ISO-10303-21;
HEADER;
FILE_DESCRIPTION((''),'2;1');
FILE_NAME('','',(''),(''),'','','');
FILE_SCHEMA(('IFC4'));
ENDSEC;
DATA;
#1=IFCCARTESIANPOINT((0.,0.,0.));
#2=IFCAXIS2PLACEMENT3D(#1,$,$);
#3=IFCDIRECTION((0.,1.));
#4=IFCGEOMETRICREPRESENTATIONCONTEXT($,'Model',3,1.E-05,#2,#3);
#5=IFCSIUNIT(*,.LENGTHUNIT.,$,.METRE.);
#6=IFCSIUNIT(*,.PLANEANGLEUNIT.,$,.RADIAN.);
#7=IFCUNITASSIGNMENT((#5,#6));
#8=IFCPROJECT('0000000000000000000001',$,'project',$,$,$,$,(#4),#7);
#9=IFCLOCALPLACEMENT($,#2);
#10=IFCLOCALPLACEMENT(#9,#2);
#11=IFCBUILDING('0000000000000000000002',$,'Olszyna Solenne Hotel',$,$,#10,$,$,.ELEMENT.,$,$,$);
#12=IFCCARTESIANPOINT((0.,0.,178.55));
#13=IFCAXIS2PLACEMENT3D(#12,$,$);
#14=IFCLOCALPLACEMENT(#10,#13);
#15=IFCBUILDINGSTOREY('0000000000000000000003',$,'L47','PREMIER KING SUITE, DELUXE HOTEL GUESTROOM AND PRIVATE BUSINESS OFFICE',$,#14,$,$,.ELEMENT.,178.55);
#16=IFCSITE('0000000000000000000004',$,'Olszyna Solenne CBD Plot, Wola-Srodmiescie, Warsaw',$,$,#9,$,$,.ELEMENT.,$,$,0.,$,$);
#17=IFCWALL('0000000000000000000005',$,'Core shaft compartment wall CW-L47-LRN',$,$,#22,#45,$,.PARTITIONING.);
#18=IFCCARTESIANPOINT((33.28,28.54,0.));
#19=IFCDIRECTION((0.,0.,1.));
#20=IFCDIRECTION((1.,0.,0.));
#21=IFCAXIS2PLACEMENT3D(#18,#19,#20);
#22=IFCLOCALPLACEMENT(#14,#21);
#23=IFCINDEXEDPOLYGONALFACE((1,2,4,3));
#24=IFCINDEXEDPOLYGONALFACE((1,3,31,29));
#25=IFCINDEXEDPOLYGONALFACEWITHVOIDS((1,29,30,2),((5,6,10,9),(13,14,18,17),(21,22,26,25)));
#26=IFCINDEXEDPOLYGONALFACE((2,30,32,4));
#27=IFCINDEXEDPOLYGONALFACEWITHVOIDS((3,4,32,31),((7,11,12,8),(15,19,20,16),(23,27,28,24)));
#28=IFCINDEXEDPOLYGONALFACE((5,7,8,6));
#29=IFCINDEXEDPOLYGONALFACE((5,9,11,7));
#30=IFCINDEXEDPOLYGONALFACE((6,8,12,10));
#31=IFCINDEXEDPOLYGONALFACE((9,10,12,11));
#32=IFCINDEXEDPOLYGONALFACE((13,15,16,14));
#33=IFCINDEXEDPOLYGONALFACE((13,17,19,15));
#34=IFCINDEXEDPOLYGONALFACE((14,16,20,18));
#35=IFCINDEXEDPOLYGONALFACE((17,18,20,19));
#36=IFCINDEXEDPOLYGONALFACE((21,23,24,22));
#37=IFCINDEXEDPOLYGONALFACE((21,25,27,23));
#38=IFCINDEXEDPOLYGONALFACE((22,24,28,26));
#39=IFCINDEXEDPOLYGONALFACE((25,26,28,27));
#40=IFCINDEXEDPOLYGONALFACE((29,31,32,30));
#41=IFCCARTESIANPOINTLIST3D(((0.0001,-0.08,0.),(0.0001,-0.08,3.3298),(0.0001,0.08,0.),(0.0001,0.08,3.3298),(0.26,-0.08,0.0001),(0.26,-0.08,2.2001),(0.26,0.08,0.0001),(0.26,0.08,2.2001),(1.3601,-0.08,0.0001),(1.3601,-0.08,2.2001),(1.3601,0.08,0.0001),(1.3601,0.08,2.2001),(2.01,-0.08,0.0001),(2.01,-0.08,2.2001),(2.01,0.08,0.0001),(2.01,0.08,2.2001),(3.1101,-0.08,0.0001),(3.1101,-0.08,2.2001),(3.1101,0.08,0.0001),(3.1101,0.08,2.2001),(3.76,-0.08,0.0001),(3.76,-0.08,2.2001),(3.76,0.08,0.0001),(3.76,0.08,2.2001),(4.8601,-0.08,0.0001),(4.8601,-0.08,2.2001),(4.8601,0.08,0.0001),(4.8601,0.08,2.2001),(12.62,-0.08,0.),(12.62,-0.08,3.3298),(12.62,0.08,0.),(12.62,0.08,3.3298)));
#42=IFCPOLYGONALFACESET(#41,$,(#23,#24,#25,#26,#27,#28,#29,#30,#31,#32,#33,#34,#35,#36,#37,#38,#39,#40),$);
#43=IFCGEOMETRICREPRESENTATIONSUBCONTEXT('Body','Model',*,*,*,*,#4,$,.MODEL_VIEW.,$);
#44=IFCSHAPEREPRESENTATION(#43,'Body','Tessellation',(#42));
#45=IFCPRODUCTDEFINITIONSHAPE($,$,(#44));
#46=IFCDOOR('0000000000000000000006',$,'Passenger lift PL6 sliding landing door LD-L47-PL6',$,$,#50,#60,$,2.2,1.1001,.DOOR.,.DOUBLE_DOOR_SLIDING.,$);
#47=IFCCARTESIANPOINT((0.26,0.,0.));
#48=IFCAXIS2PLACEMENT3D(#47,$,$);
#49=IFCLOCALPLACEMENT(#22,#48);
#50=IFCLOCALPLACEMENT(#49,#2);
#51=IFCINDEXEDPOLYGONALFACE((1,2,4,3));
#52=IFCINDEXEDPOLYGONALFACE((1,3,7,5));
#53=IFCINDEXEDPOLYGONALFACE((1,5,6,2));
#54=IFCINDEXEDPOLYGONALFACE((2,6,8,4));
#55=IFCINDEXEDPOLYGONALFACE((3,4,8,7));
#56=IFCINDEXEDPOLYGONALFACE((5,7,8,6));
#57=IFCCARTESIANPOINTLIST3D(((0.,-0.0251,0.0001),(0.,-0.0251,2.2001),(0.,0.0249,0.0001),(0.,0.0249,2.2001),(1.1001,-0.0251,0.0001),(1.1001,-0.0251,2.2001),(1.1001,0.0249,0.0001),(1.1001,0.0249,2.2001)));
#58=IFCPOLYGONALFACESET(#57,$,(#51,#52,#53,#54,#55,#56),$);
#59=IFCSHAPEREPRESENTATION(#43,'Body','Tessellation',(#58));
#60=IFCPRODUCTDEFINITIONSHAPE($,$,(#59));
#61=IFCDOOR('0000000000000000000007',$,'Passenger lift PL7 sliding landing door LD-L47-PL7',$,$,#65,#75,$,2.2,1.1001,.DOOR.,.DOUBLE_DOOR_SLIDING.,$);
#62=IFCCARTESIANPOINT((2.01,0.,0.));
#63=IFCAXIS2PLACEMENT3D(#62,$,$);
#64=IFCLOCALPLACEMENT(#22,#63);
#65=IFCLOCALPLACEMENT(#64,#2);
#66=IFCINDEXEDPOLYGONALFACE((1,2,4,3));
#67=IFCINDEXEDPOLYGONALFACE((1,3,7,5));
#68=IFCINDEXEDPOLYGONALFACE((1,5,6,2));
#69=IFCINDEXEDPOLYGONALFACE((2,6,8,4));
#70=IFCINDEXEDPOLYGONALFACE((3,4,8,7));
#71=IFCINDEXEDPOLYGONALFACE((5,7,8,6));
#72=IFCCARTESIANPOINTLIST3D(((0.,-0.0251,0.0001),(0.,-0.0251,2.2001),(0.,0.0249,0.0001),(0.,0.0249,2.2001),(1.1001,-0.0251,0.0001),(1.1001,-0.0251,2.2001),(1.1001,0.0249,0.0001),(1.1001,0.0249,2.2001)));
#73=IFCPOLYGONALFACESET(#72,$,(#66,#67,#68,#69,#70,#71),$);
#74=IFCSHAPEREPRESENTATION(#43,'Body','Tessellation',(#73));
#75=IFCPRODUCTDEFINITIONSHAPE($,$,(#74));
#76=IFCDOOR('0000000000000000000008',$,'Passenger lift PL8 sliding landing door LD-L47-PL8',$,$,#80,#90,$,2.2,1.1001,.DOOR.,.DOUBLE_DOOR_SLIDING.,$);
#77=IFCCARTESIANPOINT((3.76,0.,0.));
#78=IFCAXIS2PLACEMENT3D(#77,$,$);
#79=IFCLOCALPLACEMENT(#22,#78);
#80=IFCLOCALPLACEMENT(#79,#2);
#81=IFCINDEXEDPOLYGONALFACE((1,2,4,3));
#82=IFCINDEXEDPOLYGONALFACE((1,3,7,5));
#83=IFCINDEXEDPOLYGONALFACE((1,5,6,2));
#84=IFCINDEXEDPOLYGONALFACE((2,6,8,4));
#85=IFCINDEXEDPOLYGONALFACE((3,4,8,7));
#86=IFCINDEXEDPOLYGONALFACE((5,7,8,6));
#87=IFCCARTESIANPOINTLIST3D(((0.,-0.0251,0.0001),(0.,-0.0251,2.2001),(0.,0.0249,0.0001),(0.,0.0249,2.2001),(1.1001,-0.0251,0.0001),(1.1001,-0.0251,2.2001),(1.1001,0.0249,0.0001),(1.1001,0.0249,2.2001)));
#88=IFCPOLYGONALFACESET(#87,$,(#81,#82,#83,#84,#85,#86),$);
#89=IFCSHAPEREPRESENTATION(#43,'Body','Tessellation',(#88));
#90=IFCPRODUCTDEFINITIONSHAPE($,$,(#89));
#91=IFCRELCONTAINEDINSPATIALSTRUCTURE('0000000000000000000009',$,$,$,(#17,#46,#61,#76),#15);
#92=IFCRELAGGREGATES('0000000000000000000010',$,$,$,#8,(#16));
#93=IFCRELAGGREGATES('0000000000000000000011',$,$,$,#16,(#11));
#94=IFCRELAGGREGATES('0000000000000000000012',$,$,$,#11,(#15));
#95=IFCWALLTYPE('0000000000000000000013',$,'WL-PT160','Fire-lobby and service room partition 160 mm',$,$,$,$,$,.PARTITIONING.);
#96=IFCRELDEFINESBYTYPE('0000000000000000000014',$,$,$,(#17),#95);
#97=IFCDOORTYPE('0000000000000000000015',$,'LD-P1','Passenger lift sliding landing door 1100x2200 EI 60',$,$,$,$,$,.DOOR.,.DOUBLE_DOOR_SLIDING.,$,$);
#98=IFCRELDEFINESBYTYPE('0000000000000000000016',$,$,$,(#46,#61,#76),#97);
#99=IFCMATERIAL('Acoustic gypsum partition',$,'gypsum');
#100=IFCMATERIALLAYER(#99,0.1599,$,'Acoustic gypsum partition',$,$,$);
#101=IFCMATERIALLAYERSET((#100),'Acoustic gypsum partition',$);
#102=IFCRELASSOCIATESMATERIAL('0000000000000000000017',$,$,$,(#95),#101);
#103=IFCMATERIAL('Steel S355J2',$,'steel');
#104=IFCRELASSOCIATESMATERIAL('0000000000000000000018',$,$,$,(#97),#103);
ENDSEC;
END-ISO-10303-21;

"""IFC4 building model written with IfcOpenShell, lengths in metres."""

from ifc_helpers import new_model, si_unit, direction, frame, frame_2d, origin, place, context, subcontext, project, spatial, rectangle, extrude, source, transform, mapped, material, layer, layer_set, type_object, type_shapes, element, fill, save


model = new_model("IFC4")

# Units and contexts
model_context = context("Model", 3, precision=1e-05, world=origin(), true_north=direction((0.0, 1.0)))
body_context = subcontext(model_context, "Body", "Model", "MODEL_VIEW")
ifc_project = project(units=[si_unit("LENGTHUNIT", "METRE"), si_unit("PLANEANGLEUNIT", "RADIAN")], contexts=[model_context])

# Site, building, storey
site_placement = place(None, origin())
site = spatial("IfcSite", under=ifc_project, at=site_placement, Name="Olszyna Solenne CBD Plot, Wola-Srodmiescie, Warsaw", CompositionType="ELEMENT", RefElevation=0.0)
building_placement = place(site_placement, origin())
building = spatial("IfcBuilding", under=site, at=building_placement, Name="Olszyna Solenne Hotel", CompositionType="ELEMENT")
storey_placement = place(building_placement, frame((0.0, 0.0, 178.55)))
storey = spatial("IfcBuildingStorey", under=building, at=storey_placement, Name="L47", Description="PREMIER KING SUITE, DELUXE HOTEL GUESTROOM AND PRIVATE BUSINESS OFFICE", CompositionType="ELEMENT", Elevation=178.55)

# Shared definitions
ifc_material_1 = material(Name="Steel S355J2", Category="steel")

# Shared definitions
ifc_material_2 = material(Name="Acoustic gypsum partition", Category="gypsum")
ifc_layer_1 = layer(ifc_material_2, 0.1599, Name="Acoustic gypsum partition")
ifc_layer_set_1 = layer_set([ifc_layer_1], Name="Acoustic gypsum partition")
wall_type_1 = type_object("IfcWallType", Name="WL-PT160", Description="Fire-lobby and service room partition 160 mm", PredefinedType="PARTITIONING", material=ifc_layer_set_1)

# Wall, openings, doors
door_type_1 = type_object("IfcDoorType", Name="LD-P1", Description="Passenger lift sliding landing door 1100x2200 EI 60", OperationType="DOUBLE_DOOR_SLIDING", PredefinedType="DOOR", material=ifc_material_1)
shared_shape_1 = source(origin(), body_context, "Body", "SweptSolid", [
    extrude(rectangle(XDim=1.1001, YDim=2.2, at=frame_2d((0.55, 1.1001))), frame((0.0, 0.0249, 0.0), z_axis=(0.0, -1.0, 0.0), x_axis=(1.0, 0.0, 0.0)), (0.0, 0.0, 1.0), 0.05),
])
type_shapes(door_type_1, [shared_shape_1])
wall_1_placement = place(storey_placement, frame((33.28, 28.54, 0.0), z_axis=(0.0, 0.0, 1.0), x_axis=(1.0, 0.0, 0.0)))
wall_1 = element("IfcWall", 1, at=wall_1_placement, inside=storey, type_object=wall_type_1, Name="Core shaft compartment wall CW-L47-LRN", PredefinedType="PARTITIONING", context=body_context, shape_type="SweptSolid", body=[
    extrude(rectangle(XDim=12.6199, YDim=0.1599, at=frame_2d((6.3101, 0.0))), origin(), (0.0, 0.0, 1.0), 3.3298),
])
opening_1_placement = place(wall_1_placement, frame((0.26, 0.0, 0.0)))
opening_1 = element("IfcOpeningElement", 2, at=opening_1_placement, cuts=wall_1, PredefinedType="OPENING", context=body_context, shape_type="SweptSolid", body=[
    extrude(rectangle(XDim=1.1001, YDim=2.2, at=frame_2d((0.55, 1.1001))), frame((0.0, 0.0898, 0.0), z_axis=(0.0, -1.0, 0.0), x_axis=(1.0, 0.0, 0.0)), (0.0, 0.0, 1.0), 0.1799),
])
opening_2_placement = place(wall_1_placement, frame((2.01, 0.0, 0.0)))
opening_2 = element("IfcOpeningElement", 3, at=opening_2_placement, cuts=wall_1, PredefinedType="OPENING", context=body_context, shape_type="SweptSolid", body=[
    extrude(rectangle(XDim=1.1001, YDim=2.2, at=frame_2d((0.55, 1.1001))), frame((0.0, 0.0898, 0.0), z_axis=(0.0, -1.0, 0.0), x_axis=(1.0, 0.0, 0.0)), (0.0, 0.0, 1.0), 0.1799),
])
opening_3_placement = place(wall_1_placement, frame((3.76, 0.0, 0.0)))
opening_3 = element("IfcOpeningElement", 4, at=opening_3_placement, cuts=wall_1, PredefinedType="OPENING", context=body_context, shape_type="SweptSolid", body=[
    extrude(rectangle(XDim=1.1001, YDim=2.2, at=frame_2d((0.55, 1.1001))), frame((0.0, 0.0898, 0.0), z_axis=(0.0, -1.0, 0.0), x_axis=(1.0, 0.0, 0.0)), (0.0, 0.0, 1.0), 0.1799),
])
door_1_placement = place(opening_1_placement, origin())
door_1 = element("IfcDoor", 5, at=door_1_placement, inside=storey, type_object=door_type_1, Name="Passenger lift PL6 sliding landing door LD-L47-PL6", OperationType="DOUBLE_DOOR_SLIDING", OverallHeight=2.2, OverallWidth=1.1001, PredefinedType="DOOR", context=body_context, shape_type="MappedRepresentation", body=[
    mapped(shared_shape_1, transform((0.0, 0.0, 0.0), x_axis=(1.0, 0.0, 0.0), y_axis=(0.0, 1.0, 0.0), z_axis=(0.0, 0.0, 1.0), scale=1.0)),
])
fill(opening_1, door_1)
door_2_placement = place(opening_2_placement, origin())
door_2 = element("IfcDoor", 6, at=door_2_placement, inside=storey, type_object=door_type_1, Name="Passenger lift PL7 sliding landing door LD-L47-PL7", OperationType="DOUBLE_DOOR_SLIDING", OverallHeight=2.2, OverallWidth=1.1001, PredefinedType="DOOR", context=body_context, shape_type="MappedRepresentation", body=[
    mapped(shared_shape_1, transform((0.0, 0.0, 0.0), x_axis=(1.0, 0.0, 0.0), y_axis=(0.0, 1.0, 0.0), z_axis=(0.0, 0.0, 1.0), scale=1.0)),
])
fill(opening_2, door_2)
door_3_placement = place(opening_3_placement, origin())
door_3 = element("IfcDoor", 7, at=door_3_placement, inside=storey, type_object=door_type_1, Name="Passenger lift PL8 sliding landing door LD-L47-PL8", OperationType="DOUBLE_DOOR_SLIDING", OverallHeight=2.2, OverallWidth=1.1001, PredefinedType="DOOR", context=body_context, shape_type="MappedRepresentation", body=[
    mapped(shared_shape_1, transform((0.0, 0.0, 0.0), x_axis=(1.0, 0.0, 0.0), y_axis=(0.0, 1.0, 0.0), z_axis=(0.0, 0.0, 1.0), scale=1.0)),
])
fill(opening_3, door_3)

save(model, "model.ifc")
